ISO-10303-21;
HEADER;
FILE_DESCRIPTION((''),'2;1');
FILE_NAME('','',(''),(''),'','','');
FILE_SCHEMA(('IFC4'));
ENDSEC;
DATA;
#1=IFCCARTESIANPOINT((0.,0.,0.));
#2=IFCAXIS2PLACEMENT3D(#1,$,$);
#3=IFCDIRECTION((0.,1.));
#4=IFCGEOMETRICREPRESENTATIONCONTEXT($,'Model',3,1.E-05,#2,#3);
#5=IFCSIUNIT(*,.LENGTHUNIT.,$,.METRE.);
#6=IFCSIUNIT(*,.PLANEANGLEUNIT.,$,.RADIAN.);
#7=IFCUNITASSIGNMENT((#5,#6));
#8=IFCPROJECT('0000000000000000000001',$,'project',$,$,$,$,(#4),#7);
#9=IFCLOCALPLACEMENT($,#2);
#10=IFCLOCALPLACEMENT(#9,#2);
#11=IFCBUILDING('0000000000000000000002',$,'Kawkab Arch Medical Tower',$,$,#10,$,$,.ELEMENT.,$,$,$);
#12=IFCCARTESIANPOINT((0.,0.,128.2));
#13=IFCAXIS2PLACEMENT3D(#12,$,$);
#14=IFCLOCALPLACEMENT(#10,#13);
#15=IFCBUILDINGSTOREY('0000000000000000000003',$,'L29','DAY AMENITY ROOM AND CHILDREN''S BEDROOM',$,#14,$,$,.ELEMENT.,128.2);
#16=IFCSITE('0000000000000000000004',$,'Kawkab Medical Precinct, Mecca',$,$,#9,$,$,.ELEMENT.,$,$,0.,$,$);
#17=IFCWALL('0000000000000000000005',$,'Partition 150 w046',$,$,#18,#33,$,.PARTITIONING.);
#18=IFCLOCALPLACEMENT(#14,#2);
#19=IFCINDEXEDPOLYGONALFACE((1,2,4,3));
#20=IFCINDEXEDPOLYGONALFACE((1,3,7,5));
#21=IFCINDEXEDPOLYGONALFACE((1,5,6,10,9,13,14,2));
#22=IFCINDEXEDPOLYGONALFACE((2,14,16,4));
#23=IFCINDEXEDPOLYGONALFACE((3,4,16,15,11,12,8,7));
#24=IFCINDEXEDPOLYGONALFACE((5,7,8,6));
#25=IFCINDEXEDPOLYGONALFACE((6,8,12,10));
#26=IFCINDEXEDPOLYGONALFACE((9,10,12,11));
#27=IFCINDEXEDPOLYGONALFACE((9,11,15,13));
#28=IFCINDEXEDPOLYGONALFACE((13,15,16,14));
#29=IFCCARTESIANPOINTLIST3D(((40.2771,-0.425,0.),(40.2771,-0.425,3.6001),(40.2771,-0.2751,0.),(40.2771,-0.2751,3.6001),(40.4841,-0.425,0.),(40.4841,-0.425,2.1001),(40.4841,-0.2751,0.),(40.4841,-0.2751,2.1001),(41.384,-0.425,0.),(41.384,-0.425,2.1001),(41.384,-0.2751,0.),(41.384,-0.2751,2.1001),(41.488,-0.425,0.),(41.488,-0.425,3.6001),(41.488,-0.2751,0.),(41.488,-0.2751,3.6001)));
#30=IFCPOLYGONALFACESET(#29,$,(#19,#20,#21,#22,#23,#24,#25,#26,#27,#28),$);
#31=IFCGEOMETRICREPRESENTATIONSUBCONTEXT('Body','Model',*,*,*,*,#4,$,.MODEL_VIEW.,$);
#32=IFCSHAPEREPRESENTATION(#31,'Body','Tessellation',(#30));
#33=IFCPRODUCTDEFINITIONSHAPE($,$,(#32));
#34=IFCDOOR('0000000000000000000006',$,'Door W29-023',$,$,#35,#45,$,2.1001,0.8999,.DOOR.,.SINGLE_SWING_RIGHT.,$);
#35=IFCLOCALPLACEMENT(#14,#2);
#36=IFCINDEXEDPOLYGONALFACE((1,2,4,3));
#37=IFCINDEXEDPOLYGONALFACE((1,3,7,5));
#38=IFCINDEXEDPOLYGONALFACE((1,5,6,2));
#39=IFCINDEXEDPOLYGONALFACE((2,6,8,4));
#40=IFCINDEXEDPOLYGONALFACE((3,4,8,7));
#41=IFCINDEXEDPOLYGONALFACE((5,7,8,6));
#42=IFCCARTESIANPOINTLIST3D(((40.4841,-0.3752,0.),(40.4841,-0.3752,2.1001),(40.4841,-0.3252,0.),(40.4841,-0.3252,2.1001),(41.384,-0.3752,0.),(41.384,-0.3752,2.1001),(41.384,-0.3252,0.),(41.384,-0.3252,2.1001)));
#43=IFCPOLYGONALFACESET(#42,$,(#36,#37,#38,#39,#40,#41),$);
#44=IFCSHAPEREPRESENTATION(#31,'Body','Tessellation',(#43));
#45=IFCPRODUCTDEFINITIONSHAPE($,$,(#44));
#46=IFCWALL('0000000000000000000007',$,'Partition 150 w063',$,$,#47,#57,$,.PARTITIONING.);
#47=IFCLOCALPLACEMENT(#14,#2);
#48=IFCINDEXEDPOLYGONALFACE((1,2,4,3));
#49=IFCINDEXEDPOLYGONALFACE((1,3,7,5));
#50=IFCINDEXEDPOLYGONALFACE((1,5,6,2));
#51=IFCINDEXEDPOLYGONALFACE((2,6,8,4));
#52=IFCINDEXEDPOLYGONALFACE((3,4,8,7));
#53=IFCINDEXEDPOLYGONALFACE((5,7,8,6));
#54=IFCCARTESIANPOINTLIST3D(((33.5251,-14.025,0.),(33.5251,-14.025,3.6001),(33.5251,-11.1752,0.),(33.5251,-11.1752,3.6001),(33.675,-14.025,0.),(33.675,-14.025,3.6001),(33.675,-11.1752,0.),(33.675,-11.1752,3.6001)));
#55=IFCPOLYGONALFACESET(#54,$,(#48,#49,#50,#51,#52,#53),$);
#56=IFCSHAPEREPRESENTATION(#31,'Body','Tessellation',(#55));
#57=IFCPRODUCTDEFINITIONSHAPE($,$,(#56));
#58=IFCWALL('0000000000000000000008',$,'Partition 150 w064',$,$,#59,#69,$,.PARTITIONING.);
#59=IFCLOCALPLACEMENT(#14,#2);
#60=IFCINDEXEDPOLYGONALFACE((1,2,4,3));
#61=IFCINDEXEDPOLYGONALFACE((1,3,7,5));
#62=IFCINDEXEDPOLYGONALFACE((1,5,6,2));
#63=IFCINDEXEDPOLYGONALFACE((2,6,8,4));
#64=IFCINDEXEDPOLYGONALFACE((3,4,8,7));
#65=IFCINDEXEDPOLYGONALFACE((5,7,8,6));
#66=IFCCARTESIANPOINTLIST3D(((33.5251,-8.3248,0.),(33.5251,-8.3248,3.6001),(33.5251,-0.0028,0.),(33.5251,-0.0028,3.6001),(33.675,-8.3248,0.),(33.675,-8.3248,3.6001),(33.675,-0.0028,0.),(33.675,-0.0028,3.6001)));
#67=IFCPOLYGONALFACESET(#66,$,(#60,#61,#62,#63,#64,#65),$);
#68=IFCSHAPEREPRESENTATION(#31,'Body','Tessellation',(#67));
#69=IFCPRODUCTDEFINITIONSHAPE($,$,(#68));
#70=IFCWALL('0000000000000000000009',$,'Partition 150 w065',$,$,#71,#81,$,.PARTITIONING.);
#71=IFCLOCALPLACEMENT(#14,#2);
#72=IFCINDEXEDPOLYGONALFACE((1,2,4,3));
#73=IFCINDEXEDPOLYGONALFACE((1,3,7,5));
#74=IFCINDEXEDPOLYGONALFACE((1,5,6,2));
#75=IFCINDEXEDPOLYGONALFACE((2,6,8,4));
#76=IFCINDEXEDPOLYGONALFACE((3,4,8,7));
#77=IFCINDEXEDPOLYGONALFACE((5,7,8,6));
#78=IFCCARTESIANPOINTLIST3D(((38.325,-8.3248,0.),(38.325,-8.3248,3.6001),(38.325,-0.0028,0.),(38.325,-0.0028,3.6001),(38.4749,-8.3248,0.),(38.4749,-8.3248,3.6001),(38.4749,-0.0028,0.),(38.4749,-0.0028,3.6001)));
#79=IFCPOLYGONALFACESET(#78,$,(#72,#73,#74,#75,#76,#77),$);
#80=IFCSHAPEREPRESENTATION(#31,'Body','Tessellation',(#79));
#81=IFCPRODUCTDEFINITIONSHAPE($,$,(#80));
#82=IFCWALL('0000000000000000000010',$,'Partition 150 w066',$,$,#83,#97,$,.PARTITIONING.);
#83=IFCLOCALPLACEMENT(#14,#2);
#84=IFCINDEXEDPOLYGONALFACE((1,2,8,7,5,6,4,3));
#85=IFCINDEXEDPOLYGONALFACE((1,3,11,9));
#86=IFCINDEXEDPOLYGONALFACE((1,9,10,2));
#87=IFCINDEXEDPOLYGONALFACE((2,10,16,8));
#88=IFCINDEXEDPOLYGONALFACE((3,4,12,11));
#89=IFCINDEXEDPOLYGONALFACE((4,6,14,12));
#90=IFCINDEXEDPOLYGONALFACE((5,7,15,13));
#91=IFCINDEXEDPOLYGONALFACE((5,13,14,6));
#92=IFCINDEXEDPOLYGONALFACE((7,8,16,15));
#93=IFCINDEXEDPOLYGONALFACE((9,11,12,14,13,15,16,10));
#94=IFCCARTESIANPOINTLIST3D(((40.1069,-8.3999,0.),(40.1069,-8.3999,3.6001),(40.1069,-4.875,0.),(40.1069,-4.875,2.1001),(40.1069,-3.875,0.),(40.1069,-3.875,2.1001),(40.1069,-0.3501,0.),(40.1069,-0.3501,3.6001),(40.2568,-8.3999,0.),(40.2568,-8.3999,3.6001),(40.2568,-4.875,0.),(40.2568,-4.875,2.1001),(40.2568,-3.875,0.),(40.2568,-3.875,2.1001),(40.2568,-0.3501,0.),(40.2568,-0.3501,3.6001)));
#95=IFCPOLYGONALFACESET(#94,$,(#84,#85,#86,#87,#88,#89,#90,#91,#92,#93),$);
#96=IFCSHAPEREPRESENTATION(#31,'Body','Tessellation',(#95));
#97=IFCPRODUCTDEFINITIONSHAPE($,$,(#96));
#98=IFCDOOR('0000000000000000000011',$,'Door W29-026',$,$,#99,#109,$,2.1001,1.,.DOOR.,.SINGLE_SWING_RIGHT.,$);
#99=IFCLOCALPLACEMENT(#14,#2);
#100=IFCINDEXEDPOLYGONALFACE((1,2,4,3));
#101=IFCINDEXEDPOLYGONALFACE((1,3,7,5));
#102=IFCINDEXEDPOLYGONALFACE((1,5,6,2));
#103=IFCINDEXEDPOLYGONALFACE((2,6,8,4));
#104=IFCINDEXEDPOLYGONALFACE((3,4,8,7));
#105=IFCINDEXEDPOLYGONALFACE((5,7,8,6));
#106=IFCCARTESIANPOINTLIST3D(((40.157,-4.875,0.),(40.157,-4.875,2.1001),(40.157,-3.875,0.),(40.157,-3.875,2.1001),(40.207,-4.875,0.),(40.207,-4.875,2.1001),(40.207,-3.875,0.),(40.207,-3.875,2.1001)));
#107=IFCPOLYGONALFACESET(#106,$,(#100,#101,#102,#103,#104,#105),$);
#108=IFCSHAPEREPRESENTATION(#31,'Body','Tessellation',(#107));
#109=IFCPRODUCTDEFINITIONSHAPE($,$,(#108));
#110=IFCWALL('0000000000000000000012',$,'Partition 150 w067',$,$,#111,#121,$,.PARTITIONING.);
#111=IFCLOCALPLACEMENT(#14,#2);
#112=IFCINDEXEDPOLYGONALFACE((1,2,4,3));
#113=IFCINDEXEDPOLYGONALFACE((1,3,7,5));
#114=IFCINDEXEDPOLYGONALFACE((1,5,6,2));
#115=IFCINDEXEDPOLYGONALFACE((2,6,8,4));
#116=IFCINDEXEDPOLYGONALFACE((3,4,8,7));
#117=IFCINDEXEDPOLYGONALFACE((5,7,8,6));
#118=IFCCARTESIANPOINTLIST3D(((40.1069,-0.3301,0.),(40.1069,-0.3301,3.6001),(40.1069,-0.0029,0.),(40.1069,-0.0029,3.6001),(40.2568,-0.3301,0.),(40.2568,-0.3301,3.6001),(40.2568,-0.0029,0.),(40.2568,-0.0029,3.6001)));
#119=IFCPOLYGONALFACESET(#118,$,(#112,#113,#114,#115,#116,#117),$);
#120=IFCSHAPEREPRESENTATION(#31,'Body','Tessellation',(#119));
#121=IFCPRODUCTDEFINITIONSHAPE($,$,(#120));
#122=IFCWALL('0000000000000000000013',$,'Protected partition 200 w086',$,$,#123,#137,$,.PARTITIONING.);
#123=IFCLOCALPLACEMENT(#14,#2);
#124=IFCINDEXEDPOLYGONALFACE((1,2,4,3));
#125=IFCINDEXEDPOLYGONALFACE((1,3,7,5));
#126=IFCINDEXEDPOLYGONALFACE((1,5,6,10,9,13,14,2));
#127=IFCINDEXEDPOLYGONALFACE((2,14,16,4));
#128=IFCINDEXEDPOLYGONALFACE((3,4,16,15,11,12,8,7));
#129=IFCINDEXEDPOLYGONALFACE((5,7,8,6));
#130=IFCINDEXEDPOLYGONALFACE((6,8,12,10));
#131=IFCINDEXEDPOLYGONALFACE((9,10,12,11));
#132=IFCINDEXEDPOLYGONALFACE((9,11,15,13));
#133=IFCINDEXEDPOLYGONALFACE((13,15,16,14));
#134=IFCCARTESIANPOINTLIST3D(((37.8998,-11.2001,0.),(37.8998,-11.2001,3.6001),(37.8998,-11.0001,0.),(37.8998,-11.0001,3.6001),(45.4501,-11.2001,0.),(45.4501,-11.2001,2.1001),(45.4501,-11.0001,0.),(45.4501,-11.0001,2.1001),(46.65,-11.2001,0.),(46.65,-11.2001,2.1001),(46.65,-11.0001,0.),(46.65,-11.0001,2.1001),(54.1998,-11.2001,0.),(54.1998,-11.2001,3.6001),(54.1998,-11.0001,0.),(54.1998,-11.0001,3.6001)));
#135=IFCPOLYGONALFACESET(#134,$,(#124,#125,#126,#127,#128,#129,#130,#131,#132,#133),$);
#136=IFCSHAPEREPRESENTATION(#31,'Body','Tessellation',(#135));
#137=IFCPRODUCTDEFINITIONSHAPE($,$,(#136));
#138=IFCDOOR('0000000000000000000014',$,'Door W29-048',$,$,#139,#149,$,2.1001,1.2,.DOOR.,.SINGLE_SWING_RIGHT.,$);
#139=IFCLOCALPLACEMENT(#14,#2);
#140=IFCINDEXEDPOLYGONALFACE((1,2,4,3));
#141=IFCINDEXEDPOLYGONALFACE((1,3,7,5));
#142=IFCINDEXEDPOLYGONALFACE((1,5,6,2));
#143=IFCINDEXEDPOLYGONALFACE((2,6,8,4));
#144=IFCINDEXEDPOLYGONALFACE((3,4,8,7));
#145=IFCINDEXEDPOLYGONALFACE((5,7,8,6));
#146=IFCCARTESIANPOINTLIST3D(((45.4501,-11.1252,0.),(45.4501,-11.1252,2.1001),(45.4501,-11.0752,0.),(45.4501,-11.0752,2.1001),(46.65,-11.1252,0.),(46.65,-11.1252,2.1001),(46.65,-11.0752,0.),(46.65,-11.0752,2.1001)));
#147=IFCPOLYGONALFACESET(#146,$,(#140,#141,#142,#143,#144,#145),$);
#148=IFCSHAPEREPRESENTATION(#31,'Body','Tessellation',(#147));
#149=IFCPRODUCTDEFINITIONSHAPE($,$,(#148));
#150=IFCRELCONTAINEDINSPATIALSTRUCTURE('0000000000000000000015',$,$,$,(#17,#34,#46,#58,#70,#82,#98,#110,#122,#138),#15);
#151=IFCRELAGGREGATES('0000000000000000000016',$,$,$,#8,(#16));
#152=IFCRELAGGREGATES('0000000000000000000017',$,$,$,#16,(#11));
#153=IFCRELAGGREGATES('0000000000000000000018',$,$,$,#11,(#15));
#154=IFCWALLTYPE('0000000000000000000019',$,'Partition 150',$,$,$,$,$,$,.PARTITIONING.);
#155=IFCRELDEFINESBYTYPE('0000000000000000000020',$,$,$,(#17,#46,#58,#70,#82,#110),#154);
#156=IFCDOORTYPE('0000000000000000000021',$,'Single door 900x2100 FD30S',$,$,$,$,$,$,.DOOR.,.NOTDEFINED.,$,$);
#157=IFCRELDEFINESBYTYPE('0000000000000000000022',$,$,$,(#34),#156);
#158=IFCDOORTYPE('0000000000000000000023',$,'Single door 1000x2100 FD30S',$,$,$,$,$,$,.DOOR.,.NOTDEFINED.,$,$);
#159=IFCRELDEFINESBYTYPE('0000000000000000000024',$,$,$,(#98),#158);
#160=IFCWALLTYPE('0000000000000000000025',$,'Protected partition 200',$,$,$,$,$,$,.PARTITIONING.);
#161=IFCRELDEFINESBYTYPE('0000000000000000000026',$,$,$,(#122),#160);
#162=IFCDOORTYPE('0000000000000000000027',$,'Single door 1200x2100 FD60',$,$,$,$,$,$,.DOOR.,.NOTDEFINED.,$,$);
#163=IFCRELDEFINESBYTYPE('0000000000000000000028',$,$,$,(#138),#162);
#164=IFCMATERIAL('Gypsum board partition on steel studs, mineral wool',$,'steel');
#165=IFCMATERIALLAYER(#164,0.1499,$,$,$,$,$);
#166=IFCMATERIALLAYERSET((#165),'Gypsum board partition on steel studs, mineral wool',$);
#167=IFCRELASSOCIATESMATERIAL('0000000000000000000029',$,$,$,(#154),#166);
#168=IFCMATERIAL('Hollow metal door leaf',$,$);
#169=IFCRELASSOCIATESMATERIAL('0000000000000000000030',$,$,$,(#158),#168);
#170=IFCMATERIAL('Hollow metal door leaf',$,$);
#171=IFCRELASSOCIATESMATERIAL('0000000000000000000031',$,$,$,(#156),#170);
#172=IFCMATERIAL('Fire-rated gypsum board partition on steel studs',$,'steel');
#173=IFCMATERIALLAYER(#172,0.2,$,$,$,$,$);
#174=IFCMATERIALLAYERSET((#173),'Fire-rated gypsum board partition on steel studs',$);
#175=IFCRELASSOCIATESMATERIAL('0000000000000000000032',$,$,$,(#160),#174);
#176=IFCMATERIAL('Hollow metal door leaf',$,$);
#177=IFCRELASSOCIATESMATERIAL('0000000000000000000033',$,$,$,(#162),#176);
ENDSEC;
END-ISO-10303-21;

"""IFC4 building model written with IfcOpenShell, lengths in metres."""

from ifc_helpers import new_model, si_unit, direction, frame, frame_2d, origin, place, context, subcontext, project, spatial, rectangle, extrude, material, layer, layer_set, type_object, element, fill, save


model = new_model("IFC4")

# Units and contexts
model_context = context("Model", 3, precision=1e-05, world=origin(), true_north=direction((0.0, 1.0)))
body_context = subcontext(model_context, "Body", "Model", "MODEL_VIEW")
ifc_project = project(units=[si_unit("LENGTHUNIT", "METRE"), si_unit("PLANEANGLEUNIT", "RADIAN")], contexts=[model_context])

# Site, building, storey
site_placement = place(None, origin())
site = spatial("IfcSite", under=ifc_project, at=site_placement, Name="Kawkab Medical Precinct, Mecca", CompositionType="ELEMENT", RefElevation=0.0)
building_placement = place(site_placement, origin())
building = spatial("IfcBuilding", under=site, at=building_placement, Name="Kawkab Arch Medical Tower", CompositionType="ELEMENT")
storey_placement = place(building_placement, frame((0.0, 0.0, 128.2)))
storey = spatial("IfcBuildingStorey", under=building, at=storey_placement, Name="L29", Description="DAY AMENITY ROOM AND CHILDREN'S BEDROOM", CompositionType="ELEMENT", Elevation=128.2)

# Shared definitions
ifc_material_1 = material(Name="Gypsum board partition on steel studs, mineral wool", Category="steel")
ifc_layer_1 = layer(ifc_material_1, 0.1499)
ifc_layer_set_1 = layer_set([ifc_layer_1], Name="Gypsum board partition on steel studs, mineral wool")
wall_type_1 = type_object("IfcWallType", Name="Partition 150", PredefinedType="PARTITIONING", material=ifc_layer_set_1)
ifc_material_2 = material(Name="Hollow metal door leaf")
door_type_1 = type_object("IfcDoorType", Name="Single door 1000x2100 FD30S", OperationType="NOTDEFINED", PredefinedType="DOOR", material=ifc_material_2)

# Wall, opening, door
wall_1_placement = place(storey_placement, frame((40.2771, -0.3501, 0.0), z_axis=(0.0, 0.0, 1.0), x_axis=(1.0, 0.0, 0.0)))
wall_1 = element("IfcWall", 1, at=wall_1_placement, inside=storey, type_object=wall_type_1, Name="Partition 150 w046", PredefinedType="PARTITIONING", context=body_context, shape_type="SweptSolid", body=[
    extrude(rectangle(XDim=1.2109, YDim=0.1499, at=frame_2d((0.6055, 0.0))), origin(), (0.0, 0.0, 1.0), 3.6001),
])
opening_1_placement = place(wall_1_placement, frame((0.207, 0.0, 0.0)))
opening_1 = element("IfcOpeningElement", 2, at=opening_1_placement, cuts=wall_1, PredefinedType="OPENING", context=body_context, shape_type="SweptSolid", body=[
    extrude(rectangle(XDim=0.8999, YDim=2.1001, at=frame_2d((0.45, 1.05))), frame((0.0, 0.085, 0.0), z_axis=(0.0, -1.0, 0.0), x_axis=(1.0, 0.0, 0.0)), (0.0, 0.0, 1.0), 0.1699),
])
ifc_material_3 = material(Name="Hollow metal door leaf")
door_type_2 = type_object("IfcDoorType", Name="Single door 900x2100 FD30S", OperationType="NOTDEFINED", PredefinedType="DOOR", material=ifc_material_3)
door_1_placement = place(opening_1_placement, origin())
door_1 = element("IfcDoor", 3, at=door_1_placement, inside=storey, type_object=door_type_2, Name="Door W29-023", OperationType="SINGLE_SWING_RIGHT", OverallHeight=2.1001, OverallWidth=0.8999, PredefinedType="DOOR", context=body_context, shape_type="SweptSolid", body=[
    extrude(rectangle(XDim=0.8999, YDim=2.1001, at=frame_2d((0.45, 1.05))), frame((0.0, 0.0249, 0.0), z_axis=(0.0, -1.0, 0.0), x_axis=(1.0, 0.0, 0.0)), (0.0, 0.0, 1.0), 0.05),
])
fill(opening_1, door_1)

# Walls
wall_2_placement = place(storey_placement, frame((33.6001, -14.0249, 0.0), z_axis=(0.0, 0.0, 1.0), x_axis=(0.0, 1.0, 0.0)))
element("IfcWall", 4, at=wall_2_placement, inside=storey, type_object=wall_type_1, Name="Partition 150 w063", PredefinedType="PARTITIONING", context=body_context, shape_type="SweptSolid", body=[
    extrude(rectangle(XDim=2.8499, YDim=0.1499, at=frame_2d((1.4248, 0.0))), origin(), (0.0, 0.0, 1.0), 3.6001),
])
for number, where, z_axis, x_axis, name in (
    (5, (33.6001, -8.325, 0.0), (0.0, 0.0, 1.0), (0.0, 1.0, 0.0), "Partition 150 w064"),
    (6, (38.3999, -8.325, 0.0), (0.0, 0.0, 1.0), (0.0, 1.0, 0.0), "Partition 150 w065"),
):
    element("IfcWall", number, at=place(storey_placement, frame(where, z_axis=z_axis, x_axis=x_axis)), inside=storey, type_object=wall_type_1, Name=name, PredefinedType="PARTITIONING", context=body_context, shape_type="SweptSolid", body=[
        extrude(rectangle(XDim=8.322, YDim=0.1499, at=frame_2d((4.1611, 0.0))), origin(), (0.0, 0.0, 1.0), 3.6001),
    ])

# Wall, opening, door
wall_3_placement = place(storey_placement, frame((40.1819, -8.3999, 0.0), z_axis=(0.0, 0.0, 1.0), x_axis=(0.0, 1.0, 0.0)))
wall_3 = element("IfcWall", 7, at=wall_3_placement, inside=storey, type_object=wall_type_1, Name="Partition 150 w066", PredefinedType="PARTITIONING", context=body_context, shape_type="SweptSolid", body=[
    extrude(rectangle(XDim=8.0498, YDim=0.1499, at=frame_2d((4.0249, 0.0))), origin(), (0.0, 0.0, 1.0), 3.6001),
])
opening_2_placement = place(wall_3_placement, frame((3.5249, 0.0, 0.0)))
opening_2 = element("IfcOpeningElement", 8, at=opening_2_placement, cuts=wall_3, PredefinedType="OPENING", context=body_context, shape_type="SweptSolid", body=[
    extrude(rectangle(XDim=1.0, YDim=2.1001, at=frame_2d((0.5, 1.05))), frame((0.0, 0.085, 0.0), z_axis=(0.0, -1.0, 0.0), x_axis=(1.0, 0.0, 0.0)), (0.0, 0.0, 1.0), 0.1699),
])
door_2_placement = place(opening_2_placement, origin())
door_2 = element("IfcDoor", 9, at=door_2_placement, inside=storey, type_object=door_type_1, Name="Door W29-026", OperationType="SINGLE_SWING_RIGHT", OverallHeight=2.1001, OverallWidth=1.0, PredefinedType="DOOR", context=body_context, shape_type="SweptSolid", body=[
    extrude(rectangle(XDim=1.0, YDim=2.1001, at=frame_2d((0.5, 1.05))), frame((0.0, 0.0249, 0.0), z_axis=(0.0, -1.0, 0.0), x_axis=(1.0, 0.0, 0.0)), (0.0, 0.0, 1.0), 0.05),
])
fill(opening_2, door_2)

# Wall
wall_4_placement = place(storey_placement, frame((40.1819, -0.3301, 0.0), z_axis=(0.0, 0.0, 1.0), x_axis=(0.0, 1.0, 0.0)))
element("IfcWall", 10, at=wall_4_placement, inside=storey, type_object=wall_type_1, Name="Partition 150 w067", PredefinedType="PARTITIONING", context=body_context, shape_type="SweptSolid", body=[
    extrude(rectangle(XDim=0.3271, YDim=0.1499, at=frame_2d((0.1636, 0.0))), origin(), (0.0, 0.0, 1.0), 3.6001),
])

# Wall, opening, door
ifc_material_4 = material(Name="Fire-rated gypsum board partition on steel studs", Category="steel")
ifc_layer_2 = layer(ifc_material_4, 0.2)
ifc_layer_set_2 = layer_set([ifc_layer_2], Name="Fire-rated gypsum board partition on steel studs")
wall_type_2 = type_object("IfcWallType", Name="Protected partition 200", PredefinedType="PARTITIONING", material=ifc_layer_set_2)
wall_5_placement = place(storey_placement, frame((37.8999, -11.1001, 0.0), z_axis=(0.0, 0.0, 1.0), x_axis=(1.0, 0.0, 0.0)))
wall_5 = element("IfcWall", 11, at=wall_5_placement, inside=storey, type_object=wall_type_2, Name="Protected partition 200 w086", PredefinedType="PARTITIONING", context=body_context, shape_type="SweptSolid", body=[
    extrude(rectangle(XDim=16.3, YDim=0.2, at=frame_2d((8.1499, 0.0))), origin(), (0.0, 0.0, 1.0), 3.6001),
])
opening_3_placement = place(wall_5_placement, frame((7.55, 0.0, 0.0)))
opening_3 = element("IfcOpeningElement", 12, at=opening_3_placement, cuts=wall_5, PredefinedType="OPENING", context=body_context, shape_type="SweptSolid", body=[
    extrude(rectangle(XDim=1.2, YDim=2.1001, at=frame_2d((0.6001, 1.05))), frame((0.0, 0.1099, 0.0), z_axis=(0.0, -1.0, 0.0), x_axis=(1.0, 0.0, 0.0)), (0.0, 0.0, 1.0), 0.22),
])
ifc_material_5 = material(Name="Hollow metal door leaf")
door_type_3 = type_object("IfcDoorType", Name="Single door 1200x2100 FD60", OperationType="NOTDEFINED", PredefinedType="DOOR", material=ifc_material_5)
door_3_placement = place(opening_3_placement, origin())
door_3 = element("IfcDoor", 13, at=door_3_placement, inside=storey, type_object=door_type_3, Name="Door W29-048", OperationType="SINGLE_SWING_RIGHT", OverallHeight=2.1001, OverallWidth=1.2, PredefinedType="DOOR", context=body_context, shape_type="SweptSolid", body=[
    extrude(rectangle(XDim=1.2, YDim=2.1001, at=frame_2d((0.6001, 1.05))), frame((0.0, 0.0249, 0.0), z_axis=(0.0, -1.0, 0.0), x_axis=(1.0, 0.0, 0.0)), (0.0, 0.0, 1.0), 0.05),
])
fill(opening_3, door_3)

save(model, "model.ifc")
